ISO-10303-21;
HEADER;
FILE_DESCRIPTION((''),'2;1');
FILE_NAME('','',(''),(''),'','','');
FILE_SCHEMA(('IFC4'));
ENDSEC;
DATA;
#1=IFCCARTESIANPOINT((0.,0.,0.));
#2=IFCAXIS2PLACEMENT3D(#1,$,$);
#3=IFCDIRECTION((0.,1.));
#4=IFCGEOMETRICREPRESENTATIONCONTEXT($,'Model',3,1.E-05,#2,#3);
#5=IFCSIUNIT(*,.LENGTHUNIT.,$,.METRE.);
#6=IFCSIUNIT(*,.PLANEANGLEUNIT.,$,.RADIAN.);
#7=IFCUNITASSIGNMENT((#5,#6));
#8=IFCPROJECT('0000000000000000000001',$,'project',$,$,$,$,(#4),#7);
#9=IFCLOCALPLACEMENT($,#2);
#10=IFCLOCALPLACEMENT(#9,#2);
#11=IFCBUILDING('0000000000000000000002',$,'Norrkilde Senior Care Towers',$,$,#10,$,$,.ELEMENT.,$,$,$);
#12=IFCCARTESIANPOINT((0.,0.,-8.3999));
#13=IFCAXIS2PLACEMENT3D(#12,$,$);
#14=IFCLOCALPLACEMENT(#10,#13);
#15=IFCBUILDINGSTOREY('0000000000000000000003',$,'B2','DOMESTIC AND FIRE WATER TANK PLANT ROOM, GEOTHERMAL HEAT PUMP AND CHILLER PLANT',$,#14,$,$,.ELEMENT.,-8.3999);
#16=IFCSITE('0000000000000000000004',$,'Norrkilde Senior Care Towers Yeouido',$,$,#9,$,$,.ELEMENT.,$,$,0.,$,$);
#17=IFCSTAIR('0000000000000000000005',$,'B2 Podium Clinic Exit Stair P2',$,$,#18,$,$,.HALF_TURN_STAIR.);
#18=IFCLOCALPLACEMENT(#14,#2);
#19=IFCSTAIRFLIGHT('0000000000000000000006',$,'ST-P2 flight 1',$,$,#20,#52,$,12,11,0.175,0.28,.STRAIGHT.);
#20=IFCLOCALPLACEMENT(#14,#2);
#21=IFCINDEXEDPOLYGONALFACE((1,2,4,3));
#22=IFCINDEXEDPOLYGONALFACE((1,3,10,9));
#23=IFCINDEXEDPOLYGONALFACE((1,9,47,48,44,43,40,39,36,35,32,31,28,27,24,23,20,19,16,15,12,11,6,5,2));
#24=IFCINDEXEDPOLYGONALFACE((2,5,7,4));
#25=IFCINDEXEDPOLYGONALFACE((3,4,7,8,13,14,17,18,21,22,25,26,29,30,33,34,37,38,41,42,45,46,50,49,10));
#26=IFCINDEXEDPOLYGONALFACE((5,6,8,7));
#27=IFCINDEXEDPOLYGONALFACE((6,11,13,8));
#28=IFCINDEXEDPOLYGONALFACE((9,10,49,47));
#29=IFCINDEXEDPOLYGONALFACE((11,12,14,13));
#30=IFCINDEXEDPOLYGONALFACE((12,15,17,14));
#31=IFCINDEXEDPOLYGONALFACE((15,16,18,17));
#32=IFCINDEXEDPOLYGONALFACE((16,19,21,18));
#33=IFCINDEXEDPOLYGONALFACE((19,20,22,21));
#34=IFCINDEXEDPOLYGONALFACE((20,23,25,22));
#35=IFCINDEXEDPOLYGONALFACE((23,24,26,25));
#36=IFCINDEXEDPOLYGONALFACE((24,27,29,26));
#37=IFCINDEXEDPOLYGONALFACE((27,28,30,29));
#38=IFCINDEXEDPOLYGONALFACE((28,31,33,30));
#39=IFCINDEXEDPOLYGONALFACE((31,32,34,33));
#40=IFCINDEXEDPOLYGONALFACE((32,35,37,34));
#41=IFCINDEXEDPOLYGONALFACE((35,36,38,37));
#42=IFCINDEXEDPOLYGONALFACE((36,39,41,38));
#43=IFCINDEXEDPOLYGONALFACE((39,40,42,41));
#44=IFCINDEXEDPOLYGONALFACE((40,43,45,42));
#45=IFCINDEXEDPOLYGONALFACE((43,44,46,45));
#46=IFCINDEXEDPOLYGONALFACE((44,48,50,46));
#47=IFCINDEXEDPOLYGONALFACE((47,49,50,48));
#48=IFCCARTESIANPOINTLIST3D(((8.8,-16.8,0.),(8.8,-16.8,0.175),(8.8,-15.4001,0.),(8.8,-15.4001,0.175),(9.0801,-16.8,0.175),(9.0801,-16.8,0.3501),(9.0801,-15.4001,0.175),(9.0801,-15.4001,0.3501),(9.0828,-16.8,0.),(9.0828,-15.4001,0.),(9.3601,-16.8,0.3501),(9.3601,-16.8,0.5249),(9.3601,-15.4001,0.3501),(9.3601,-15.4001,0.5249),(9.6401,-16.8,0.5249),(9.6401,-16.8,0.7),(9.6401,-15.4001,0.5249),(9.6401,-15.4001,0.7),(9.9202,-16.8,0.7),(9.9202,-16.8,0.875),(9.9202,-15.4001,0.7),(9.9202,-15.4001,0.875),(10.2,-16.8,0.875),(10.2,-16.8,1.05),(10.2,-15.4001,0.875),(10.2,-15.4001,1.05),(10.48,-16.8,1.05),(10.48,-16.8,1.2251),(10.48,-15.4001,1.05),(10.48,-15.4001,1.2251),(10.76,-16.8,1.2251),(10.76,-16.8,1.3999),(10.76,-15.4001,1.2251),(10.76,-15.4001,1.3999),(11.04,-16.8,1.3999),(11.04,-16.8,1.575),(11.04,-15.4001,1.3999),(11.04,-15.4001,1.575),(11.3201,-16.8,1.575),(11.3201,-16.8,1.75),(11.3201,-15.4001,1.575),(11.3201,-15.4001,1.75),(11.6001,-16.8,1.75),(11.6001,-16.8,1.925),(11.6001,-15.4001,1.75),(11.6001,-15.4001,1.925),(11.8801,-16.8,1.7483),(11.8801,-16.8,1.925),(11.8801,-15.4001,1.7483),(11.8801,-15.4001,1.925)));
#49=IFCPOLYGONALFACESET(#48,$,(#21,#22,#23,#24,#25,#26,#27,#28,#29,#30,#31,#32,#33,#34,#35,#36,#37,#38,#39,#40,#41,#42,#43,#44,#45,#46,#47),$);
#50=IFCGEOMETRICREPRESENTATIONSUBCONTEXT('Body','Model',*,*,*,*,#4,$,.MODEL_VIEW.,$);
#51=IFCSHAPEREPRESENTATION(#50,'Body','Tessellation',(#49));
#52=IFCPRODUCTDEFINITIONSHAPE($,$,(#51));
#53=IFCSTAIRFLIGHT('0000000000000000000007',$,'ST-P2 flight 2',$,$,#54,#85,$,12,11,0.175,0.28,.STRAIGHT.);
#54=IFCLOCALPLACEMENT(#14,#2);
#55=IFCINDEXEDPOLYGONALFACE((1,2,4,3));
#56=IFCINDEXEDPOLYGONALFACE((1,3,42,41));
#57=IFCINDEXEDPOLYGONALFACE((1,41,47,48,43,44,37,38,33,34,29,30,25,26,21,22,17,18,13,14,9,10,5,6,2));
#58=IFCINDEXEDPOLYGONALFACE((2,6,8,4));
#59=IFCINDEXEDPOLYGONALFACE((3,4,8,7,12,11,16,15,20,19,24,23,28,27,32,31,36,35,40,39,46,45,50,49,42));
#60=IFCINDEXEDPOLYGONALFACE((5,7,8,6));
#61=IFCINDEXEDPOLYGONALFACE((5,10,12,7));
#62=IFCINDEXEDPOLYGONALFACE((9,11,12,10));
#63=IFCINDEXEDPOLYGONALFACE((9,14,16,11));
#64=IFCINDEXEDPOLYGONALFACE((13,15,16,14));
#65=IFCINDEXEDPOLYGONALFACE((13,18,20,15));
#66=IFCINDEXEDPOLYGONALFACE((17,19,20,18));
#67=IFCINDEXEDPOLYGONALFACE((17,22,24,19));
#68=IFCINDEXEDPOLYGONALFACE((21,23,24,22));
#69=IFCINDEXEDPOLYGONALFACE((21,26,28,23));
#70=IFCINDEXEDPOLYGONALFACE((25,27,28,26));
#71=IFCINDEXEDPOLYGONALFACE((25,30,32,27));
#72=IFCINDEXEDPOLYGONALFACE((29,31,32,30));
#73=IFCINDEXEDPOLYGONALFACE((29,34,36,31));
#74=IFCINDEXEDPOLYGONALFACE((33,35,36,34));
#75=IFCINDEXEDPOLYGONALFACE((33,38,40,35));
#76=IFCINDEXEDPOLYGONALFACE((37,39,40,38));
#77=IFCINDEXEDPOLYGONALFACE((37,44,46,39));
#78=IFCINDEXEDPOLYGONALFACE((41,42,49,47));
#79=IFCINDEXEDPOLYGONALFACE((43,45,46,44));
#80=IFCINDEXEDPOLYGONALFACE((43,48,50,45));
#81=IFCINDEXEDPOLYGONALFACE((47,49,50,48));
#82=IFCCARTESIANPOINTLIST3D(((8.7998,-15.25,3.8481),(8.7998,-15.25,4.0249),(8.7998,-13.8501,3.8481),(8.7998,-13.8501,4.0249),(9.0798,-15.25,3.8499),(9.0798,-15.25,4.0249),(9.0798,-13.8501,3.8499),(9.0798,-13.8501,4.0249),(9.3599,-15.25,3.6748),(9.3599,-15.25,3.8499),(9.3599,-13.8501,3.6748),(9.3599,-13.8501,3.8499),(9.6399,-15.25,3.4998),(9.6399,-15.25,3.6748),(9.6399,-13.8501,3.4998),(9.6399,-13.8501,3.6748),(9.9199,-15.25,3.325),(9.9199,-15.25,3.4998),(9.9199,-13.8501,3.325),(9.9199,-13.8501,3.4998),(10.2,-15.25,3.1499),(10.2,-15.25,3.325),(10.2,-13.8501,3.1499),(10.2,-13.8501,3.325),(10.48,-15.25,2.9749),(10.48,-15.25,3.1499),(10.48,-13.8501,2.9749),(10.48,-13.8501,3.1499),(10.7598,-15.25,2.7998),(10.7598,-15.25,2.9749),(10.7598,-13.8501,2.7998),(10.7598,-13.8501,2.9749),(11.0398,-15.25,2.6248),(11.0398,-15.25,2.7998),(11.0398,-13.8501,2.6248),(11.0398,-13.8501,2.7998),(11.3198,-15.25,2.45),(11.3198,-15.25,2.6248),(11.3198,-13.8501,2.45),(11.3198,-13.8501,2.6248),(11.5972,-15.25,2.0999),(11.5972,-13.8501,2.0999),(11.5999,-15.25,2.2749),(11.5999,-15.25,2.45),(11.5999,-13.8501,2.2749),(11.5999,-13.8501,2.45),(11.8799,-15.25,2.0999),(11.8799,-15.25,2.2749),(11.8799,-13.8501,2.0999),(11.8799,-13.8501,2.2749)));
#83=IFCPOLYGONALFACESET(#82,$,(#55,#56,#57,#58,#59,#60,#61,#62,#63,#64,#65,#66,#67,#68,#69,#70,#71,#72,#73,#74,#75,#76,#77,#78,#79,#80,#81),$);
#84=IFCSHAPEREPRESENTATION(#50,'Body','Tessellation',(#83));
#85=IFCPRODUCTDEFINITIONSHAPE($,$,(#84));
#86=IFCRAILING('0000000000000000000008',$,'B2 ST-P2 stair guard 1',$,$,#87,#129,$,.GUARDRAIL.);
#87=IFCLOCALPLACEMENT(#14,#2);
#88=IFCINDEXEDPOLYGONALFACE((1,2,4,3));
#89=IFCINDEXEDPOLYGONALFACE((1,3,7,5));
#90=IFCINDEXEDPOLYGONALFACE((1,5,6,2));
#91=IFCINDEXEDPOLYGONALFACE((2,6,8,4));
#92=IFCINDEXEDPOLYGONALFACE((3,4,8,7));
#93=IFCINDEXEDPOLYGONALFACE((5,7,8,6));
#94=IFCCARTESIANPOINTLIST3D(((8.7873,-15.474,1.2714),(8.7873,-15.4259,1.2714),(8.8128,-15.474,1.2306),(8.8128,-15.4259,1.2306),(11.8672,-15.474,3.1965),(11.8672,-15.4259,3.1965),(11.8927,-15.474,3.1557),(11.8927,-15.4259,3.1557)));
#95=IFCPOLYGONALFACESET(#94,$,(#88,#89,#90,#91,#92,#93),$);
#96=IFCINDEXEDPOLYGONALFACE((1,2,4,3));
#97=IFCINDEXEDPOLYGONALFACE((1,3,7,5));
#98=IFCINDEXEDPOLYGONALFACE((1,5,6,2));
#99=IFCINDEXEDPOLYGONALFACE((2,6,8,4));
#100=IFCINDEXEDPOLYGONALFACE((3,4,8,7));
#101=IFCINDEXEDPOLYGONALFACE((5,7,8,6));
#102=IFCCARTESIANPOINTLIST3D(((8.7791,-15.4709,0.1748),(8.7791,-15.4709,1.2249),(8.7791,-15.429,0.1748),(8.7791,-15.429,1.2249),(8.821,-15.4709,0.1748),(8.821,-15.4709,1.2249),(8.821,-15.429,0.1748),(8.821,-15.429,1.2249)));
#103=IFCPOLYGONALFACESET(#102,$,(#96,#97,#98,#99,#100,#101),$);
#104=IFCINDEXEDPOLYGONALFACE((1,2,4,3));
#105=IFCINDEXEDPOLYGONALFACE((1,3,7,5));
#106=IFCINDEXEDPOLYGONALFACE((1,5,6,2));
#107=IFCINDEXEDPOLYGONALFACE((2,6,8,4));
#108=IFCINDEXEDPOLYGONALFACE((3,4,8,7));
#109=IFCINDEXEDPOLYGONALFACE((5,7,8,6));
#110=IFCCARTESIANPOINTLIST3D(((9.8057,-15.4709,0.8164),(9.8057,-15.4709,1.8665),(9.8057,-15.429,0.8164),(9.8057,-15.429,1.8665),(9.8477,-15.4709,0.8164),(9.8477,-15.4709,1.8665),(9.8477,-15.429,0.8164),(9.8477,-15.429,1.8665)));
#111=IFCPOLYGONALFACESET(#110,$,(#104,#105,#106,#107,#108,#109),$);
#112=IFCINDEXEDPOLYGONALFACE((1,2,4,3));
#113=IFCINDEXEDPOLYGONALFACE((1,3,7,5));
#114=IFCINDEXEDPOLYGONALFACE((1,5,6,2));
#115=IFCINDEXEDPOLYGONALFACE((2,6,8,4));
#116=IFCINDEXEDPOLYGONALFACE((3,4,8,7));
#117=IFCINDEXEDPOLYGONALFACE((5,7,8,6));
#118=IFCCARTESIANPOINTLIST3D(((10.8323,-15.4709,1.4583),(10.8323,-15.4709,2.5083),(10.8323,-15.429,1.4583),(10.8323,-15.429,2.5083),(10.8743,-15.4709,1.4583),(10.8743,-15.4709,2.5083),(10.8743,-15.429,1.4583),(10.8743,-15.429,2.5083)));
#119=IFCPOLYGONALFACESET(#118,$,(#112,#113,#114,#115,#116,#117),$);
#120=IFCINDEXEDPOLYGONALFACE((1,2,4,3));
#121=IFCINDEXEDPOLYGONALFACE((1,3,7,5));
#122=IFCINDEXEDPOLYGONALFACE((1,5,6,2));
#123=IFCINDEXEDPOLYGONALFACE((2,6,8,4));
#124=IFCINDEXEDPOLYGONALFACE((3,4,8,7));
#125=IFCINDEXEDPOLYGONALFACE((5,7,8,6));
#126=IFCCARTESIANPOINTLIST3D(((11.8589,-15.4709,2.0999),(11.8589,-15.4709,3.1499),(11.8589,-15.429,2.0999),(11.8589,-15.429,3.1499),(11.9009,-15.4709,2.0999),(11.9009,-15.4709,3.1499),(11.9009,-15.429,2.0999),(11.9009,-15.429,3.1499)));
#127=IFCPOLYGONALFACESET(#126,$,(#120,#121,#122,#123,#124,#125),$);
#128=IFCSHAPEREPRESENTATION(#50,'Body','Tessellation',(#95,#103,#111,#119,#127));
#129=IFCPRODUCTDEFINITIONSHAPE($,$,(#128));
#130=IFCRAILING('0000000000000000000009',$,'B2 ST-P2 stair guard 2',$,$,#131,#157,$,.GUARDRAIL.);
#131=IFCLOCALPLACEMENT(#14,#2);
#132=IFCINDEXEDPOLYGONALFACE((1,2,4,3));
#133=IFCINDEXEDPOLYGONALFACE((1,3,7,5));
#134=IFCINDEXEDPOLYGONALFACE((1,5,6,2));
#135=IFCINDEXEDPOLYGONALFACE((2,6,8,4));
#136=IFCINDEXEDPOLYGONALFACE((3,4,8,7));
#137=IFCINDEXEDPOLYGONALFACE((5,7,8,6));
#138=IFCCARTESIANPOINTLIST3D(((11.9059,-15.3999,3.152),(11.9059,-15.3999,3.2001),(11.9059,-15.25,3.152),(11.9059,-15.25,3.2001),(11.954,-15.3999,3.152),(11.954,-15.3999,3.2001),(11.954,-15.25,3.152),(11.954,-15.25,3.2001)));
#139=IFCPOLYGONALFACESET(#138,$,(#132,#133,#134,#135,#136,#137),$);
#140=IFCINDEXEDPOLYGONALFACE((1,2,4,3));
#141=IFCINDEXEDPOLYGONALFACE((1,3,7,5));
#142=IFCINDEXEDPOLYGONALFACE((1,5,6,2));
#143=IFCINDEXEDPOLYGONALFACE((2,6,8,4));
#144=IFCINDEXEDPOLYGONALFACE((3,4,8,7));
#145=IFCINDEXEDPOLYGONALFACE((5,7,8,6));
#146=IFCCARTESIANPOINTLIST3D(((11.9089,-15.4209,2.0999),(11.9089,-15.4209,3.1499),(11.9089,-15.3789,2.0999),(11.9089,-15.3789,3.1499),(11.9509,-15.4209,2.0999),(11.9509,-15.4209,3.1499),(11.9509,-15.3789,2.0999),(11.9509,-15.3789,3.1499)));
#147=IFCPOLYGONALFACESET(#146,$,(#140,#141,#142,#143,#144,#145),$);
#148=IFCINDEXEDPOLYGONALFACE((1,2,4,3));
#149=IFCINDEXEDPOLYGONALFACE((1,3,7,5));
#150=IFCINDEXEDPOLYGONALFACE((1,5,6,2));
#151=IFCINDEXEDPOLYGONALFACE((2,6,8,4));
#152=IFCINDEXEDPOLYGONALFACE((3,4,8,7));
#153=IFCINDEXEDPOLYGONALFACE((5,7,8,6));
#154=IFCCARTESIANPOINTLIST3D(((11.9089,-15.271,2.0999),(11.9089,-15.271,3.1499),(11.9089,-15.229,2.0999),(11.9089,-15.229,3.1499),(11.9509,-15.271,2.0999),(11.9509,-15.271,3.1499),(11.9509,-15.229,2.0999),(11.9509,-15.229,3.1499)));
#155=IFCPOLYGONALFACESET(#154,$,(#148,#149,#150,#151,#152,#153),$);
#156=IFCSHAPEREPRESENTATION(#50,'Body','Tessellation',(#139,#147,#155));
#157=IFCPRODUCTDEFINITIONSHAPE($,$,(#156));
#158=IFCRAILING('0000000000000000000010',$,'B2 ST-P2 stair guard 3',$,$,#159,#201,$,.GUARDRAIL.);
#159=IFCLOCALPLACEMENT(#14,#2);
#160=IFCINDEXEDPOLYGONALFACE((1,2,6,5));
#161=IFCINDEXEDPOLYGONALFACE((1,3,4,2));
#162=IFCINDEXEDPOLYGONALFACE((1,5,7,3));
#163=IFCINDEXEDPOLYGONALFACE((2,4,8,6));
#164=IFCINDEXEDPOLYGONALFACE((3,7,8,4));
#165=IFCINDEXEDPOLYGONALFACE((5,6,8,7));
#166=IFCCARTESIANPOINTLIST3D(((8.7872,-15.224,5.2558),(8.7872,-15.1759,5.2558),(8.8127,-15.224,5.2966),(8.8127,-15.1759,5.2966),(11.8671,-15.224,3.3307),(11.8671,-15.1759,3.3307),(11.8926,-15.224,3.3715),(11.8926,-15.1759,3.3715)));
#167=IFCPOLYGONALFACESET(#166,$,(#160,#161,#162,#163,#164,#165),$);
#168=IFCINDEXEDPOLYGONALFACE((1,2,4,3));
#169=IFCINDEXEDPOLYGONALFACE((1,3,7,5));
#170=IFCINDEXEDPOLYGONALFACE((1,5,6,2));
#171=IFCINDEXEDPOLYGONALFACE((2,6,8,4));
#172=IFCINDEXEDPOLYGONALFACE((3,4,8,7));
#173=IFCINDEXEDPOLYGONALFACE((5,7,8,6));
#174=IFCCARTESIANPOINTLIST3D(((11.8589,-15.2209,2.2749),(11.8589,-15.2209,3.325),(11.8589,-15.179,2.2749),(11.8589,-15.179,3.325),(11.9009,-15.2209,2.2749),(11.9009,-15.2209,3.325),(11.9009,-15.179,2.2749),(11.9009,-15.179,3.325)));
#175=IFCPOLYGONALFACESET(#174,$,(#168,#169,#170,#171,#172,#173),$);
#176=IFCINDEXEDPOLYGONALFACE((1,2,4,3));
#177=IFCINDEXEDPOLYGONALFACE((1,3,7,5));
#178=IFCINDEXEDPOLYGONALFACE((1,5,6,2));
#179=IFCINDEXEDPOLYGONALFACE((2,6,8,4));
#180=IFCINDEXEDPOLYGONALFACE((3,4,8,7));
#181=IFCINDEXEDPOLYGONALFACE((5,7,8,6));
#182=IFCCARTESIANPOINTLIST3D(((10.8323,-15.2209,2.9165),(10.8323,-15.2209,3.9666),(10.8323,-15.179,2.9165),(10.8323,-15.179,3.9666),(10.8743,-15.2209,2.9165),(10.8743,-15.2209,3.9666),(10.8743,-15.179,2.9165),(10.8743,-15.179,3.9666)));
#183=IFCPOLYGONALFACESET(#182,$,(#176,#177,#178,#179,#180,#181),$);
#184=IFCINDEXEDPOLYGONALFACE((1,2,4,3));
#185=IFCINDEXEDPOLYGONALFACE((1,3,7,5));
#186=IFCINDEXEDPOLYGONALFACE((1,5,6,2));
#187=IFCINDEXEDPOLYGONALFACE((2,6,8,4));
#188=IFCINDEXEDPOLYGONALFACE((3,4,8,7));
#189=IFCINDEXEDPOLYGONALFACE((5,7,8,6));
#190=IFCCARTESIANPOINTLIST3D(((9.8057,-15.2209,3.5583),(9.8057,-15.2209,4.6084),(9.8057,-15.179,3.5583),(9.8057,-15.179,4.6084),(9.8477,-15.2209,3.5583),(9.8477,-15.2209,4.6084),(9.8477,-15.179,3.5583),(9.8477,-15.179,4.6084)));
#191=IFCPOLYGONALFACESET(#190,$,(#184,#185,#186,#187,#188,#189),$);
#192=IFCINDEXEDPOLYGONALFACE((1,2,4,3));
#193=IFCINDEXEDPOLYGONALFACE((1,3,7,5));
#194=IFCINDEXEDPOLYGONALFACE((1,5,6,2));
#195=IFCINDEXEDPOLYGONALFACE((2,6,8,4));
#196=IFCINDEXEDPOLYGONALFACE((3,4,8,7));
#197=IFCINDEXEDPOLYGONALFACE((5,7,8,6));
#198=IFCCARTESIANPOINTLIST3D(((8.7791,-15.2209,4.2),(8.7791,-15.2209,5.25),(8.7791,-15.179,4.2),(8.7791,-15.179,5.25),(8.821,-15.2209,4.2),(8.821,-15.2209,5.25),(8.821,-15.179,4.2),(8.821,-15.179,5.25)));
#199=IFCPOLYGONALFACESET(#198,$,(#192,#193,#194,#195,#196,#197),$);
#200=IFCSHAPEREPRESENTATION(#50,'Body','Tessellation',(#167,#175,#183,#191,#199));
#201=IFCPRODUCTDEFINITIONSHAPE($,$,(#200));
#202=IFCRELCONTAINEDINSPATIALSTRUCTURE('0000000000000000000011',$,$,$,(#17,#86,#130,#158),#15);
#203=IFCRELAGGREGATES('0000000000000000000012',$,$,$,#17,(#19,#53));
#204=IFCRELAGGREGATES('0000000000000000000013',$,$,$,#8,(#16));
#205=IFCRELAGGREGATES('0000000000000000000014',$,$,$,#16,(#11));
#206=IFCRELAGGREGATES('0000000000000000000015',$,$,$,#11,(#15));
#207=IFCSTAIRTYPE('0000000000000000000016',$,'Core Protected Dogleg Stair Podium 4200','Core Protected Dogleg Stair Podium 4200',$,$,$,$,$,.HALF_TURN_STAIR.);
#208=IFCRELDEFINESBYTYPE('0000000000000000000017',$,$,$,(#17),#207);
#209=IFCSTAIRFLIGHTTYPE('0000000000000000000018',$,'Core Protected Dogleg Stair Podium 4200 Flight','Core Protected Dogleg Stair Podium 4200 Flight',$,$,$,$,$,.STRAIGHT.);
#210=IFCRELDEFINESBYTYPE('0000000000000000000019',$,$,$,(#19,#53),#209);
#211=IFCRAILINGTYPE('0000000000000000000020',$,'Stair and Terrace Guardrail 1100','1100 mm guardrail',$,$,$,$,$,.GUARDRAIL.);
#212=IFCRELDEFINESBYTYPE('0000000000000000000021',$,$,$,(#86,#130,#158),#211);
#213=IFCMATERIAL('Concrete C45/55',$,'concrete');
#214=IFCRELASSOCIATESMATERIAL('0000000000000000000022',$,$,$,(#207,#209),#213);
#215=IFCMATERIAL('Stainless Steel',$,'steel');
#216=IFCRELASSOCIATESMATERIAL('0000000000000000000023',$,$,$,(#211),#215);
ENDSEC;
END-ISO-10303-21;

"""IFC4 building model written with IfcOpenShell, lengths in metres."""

from ifc_helpers import new_model, si_unit, direction, frame, origin, origin_2d, place, context, subcontext, project, spatial, polyline, rectangle, outline, extrude, material, type_object, element, aggregate, save


model = new_model("IFC4")

# Units and contexts
model_context = context("Model", 3, precision=1e-05, world=origin(), true_north=direction((0.0, 1.0)))
body_context = subcontext(model_context, "Body", "Model", "MODEL_VIEW")
ifc_project = project(units=[si_unit("LENGTHUNIT", "METRE"), si_unit("PLANEANGLEUNIT", "RADIAN")], contexts=[model_context])

# Site, building, storey
site_placement = place(None, origin())
site = spatial("IfcSite", under=ifc_project, at=site_placement, Name="Norrkilde Senior Care Towers Yeouido", CompositionType="ELEMENT", RefElevation=0.0)
building_placement = place(site_placement, origin())
building = spatial("IfcBuilding", under=site, at=building_placement, Name="Norrkilde Senior Care Towers", CompositionType="ELEMENT")
storey_placement = place(building_placement, frame((0.0, 0.0, -8.3999)))
storey = spatial("IfcBuildingStorey", under=building, at=storey_placement, Name="B2", Description="DOMESTIC AND FIRE WATER TANK PLANT ROOM, GEOTHERMAL HEAT PUMP AND CHILLER PLANT", CompositionType="ELEMENT", Elevation=-8.3999)

# Shared definitions
ifc_material_1 = material(Name="Concrete C45/55", Category="concrete")

# Stair, stair flights
stair_type = type_object("IfcStairType", Name="Core Protected Dogleg Stair Podium 4200", Description="Core Protected Dogleg Stair Podium 4200", PredefinedType="HALF_TURN_STAIR", material=ifc_material_1)
stair_placement = place(storey_placement, origin())
stair = element("IfcStair", 1, at=stair_placement, inside=storey, type_object=stair_type, Name="B2 Podium Clinic Exit Stair P2", PredefinedType="HALF_TURN_STAIR")
stair_flight_type = type_object("IfcStairFlightType", Name="Core Protected Dogleg Stair Podium 4200 Flight", Description="Core Protected Dogleg Stair Podium 4200 Flight", PredefinedType="STRAIGHT", material=ifc_material_1)
stair_flight_1_placement = place(storey_placement, frame((8.8, -16.1001, 0.0), z_axis=(0.0, 0.0, 1.0), x_axis=(1.0, 0.0, 0.0)))
stair_flight_1 = element("IfcStairFlight", 2, at=stair_flight_1_placement, type_object=stair_flight_type, Name="ST-P2 flight 1", NumberOfRisers=12, NumberOfTreads=11, PredefinedType="STRAIGHT", RiserHeight=0.175, TreadLength=0.28, context=body_context, shape_type="SweptSolid", body=[
    extrude(outline(polyline([(0.0, 0.0), (0.0, 0.175), (0.28, 0.175), (0.28, 0.3501), (0.5601, 0.3501), (0.5601, 0.5249), (0.8401, 0.5249), (0.8401, 0.7), (1.1201, 0.7), (1.1201, 0.875), (1.3999, 0.875), (1.3999, 1.05), (1.6799, 1.05), (1.6799, 1.2251), (1.96, 1.2251), (1.96, 1.3999), (2.24, 1.3999), (2.24, 1.575), (2.52, 1.575), (2.52, 1.75), (2.8, 1.75), (2.8, 1.925), (3.0801, 1.925), (3.0801, 2.1001), (3.0801, 1.7483), (0.2827, 0.0), (0.0, 0.0)])), frame((0.0, 0.7, 0.0), z_axis=(0.0, -1.0, 0.0), x_axis=(1.0, 0.0, 0.0)), (0.0, 0.0, 1.0), 1.3999),
])
stair_flight_2_placement = place(storey_placement, frame((11.8799, -14.55, 2.0999), z_axis=(0.0, 0.0, 1.0), x_axis=(-1.0, 0.0, 0.0)))
stair_flight_2 = element("IfcStairFlight", 3, at=stair_flight_2_placement, type_object=stair_flight_type, Name="ST-P2 flight 2", NumberOfRisers=12, NumberOfTreads=11, PredefinedType="STRAIGHT", RiserHeight=0.175, TreadLength=0.28, context=body_context, shape_type="SweptSolid", body=[
    extrude(outline(polyline([(0.0, 0.0), (0.0, 0.175), (0.28, 0.175), (0.28, 0.3501), (0.5601, 0.3501), (0.5601, 0.5249), (0.8401, 0.5249), (0.8401, 0.7), (1.1201, 0.7), (1.1201, 0.875), (1.3999, 0.875), (1.3999, 1.05), (1.6799, 1.05), (1.6799, 1.2251), (1.96, 1.2251), (1.96, 1.3999), (2.24, 1.3999), (2.24, 1.575), (2.52, 1.575), (2.52, 1.75), (2.8, 1.75), (2.8, 1.925), (3.0801, 1.925), (3.0801, 2.1001), (3.0801, 1.7483), (0.2827, 0.0), (0.0, 0.0)])), frame((0.0, 0.7, 0.0), z_axis=(0.0, -1.0, 0.0), x_axis=(1.0, 0.0, 0.0)), (0.0, 0.0, 1.0), 1.3999),
])
aggregate(stair, [stair_flight_1, stair_flight_2])

# Railings
ifc_material_2 = material(Name="Stainless Steel", Category="steel")
railing_type_1 = type_object("IfcRailingType", Name="Stair and Terrace Guardrail 1100", Description="1100 mm guardrail", PredefinedType="GUARDRAIL", material=ifc_material_2)
railing_1_placement = place(storey_placement, frame((8.8, -15.45, 0.1748)))
element("IfcRailing", 4, at=railing_1_placement, inside=storey, type_object=railing_type_1, Name="B2 ST-P2 stair guard 1", PredefinedType="GUARDRAIL", context=body_context, shape_type="SweptSolid", body=[
    extrude(rectangle(XDim=0.0481, YDim=0.0481, at=origin_2d()), frame((0.0, 0.0, 1.0762), z_axis=(0.847979, 0.0, 0.530029), x_axis=(0.0, 1.0, 0.0)), (0.0, 0.0, 1.0), 3.6321),
    extrude(rectangle(XDim=0.042, YDim=0.042, at=origin_2d()), origin(), (0.0, 0.0, 1.0), 1.05),
    extrude(rectangle(XDim=0.042, YDim=0.042, at=origin_2d()), frame((1.0266, 0.0, 0.6416)), (0.0, 0.0, 1.0), 1.05),
    extrude(rectangle(XDim=0.042, YDim=0.042, at=origin_2d()), frame((2.0532, 0.0, 1.2834)), (0.0, 0.0, 1.0), 1.05),
    extrude(rectangle(XDim=0.042, YDim=0.042, at=origin_2d()), frame((3.0798, 0.0, 1.925)), (0.0, 0.0, 1.0), 1.05),
])
railing_2_placement = place(storey_placement, frame((11.9299, -15.3999, 2.0999)))
element("IfcRailing", 5, at=railing_2_placement, inside=storey, type_object=railing_type_1, Name="B2 ST-P2 stair guard 2", PredefinedType="GUARDRAIL", context=body_context, shape_type="SweptSolid", body=[
    extrude(rectangle(XDim=0.0481, YDim=0.0481, at=origin_2d()), frame((0.0, 0.0, 1.0762), z_axis=(0.0, 1.0, 0.0), x_axis=(-1.0, 0.0, 0.0)), (0.0, 0.0, 1.0), 0.1499),
    extrude(rectangle(XDim=0.042, YDim=0.042, at=origin_2d()), origin(), (0.0, 0.0, 1.0), 1.05),
    extrude(rectangle(XDim=0.042, YDim=0.042, at=origin_2d()), frame((0.0, 0.1499, 0.0)), (0.0, 0.0, 1.0), 1.05),
])
railing_3_placement = place(storey_placement, frame((11.8799, -15.2, 2.2749)))
element("IfcRailing", 6, at=railing_3_placement, inside=storey, type_object=railing_type_1, Name="B2 ST-P2 stair guard 3", PredefinedType="GUARDRAIL", context=body_context, shape_type="SweptSolid", body=[
    extrude(rectangle(XDim=0.0481, YDim=0.0481, at=origin_2d()), frame((0.0, 0.0, 1.0762), z_axis=(-0.847979, 0.0, 0.530029), x_axis=(0.0, -1.0, 0.0)), (0.0, 0.0, 1.0), 3.6321),
    extrude(rectangle(XDim=0.042, YDim=0.042, at=origin_2d()), origin(), (0.0, 0.0, 1.0), 1.05),
    extrude(rectangle(XDim=0.042, YDim=0.042, at=origin_2d()), frame((-1.0266, 0.0, 0.6416)), (0.0, 0.0, 1.0), 1.05),
    extrude(rectangle(XDim=0.042, YDim=0.042, at=origin_2d()), frame((-2.0532, 0.0, 1.2834)), (0.0, 0.0, 1.0), 1.05),
    extrude(rectangle(XDim=0.042, YDim=0.042, at=origin_2d()), frame((-3.0798, 0.0, 1.925)), (0.0, 0.0, 1.0), 1.05),
])

save(model, "model.ifc")
